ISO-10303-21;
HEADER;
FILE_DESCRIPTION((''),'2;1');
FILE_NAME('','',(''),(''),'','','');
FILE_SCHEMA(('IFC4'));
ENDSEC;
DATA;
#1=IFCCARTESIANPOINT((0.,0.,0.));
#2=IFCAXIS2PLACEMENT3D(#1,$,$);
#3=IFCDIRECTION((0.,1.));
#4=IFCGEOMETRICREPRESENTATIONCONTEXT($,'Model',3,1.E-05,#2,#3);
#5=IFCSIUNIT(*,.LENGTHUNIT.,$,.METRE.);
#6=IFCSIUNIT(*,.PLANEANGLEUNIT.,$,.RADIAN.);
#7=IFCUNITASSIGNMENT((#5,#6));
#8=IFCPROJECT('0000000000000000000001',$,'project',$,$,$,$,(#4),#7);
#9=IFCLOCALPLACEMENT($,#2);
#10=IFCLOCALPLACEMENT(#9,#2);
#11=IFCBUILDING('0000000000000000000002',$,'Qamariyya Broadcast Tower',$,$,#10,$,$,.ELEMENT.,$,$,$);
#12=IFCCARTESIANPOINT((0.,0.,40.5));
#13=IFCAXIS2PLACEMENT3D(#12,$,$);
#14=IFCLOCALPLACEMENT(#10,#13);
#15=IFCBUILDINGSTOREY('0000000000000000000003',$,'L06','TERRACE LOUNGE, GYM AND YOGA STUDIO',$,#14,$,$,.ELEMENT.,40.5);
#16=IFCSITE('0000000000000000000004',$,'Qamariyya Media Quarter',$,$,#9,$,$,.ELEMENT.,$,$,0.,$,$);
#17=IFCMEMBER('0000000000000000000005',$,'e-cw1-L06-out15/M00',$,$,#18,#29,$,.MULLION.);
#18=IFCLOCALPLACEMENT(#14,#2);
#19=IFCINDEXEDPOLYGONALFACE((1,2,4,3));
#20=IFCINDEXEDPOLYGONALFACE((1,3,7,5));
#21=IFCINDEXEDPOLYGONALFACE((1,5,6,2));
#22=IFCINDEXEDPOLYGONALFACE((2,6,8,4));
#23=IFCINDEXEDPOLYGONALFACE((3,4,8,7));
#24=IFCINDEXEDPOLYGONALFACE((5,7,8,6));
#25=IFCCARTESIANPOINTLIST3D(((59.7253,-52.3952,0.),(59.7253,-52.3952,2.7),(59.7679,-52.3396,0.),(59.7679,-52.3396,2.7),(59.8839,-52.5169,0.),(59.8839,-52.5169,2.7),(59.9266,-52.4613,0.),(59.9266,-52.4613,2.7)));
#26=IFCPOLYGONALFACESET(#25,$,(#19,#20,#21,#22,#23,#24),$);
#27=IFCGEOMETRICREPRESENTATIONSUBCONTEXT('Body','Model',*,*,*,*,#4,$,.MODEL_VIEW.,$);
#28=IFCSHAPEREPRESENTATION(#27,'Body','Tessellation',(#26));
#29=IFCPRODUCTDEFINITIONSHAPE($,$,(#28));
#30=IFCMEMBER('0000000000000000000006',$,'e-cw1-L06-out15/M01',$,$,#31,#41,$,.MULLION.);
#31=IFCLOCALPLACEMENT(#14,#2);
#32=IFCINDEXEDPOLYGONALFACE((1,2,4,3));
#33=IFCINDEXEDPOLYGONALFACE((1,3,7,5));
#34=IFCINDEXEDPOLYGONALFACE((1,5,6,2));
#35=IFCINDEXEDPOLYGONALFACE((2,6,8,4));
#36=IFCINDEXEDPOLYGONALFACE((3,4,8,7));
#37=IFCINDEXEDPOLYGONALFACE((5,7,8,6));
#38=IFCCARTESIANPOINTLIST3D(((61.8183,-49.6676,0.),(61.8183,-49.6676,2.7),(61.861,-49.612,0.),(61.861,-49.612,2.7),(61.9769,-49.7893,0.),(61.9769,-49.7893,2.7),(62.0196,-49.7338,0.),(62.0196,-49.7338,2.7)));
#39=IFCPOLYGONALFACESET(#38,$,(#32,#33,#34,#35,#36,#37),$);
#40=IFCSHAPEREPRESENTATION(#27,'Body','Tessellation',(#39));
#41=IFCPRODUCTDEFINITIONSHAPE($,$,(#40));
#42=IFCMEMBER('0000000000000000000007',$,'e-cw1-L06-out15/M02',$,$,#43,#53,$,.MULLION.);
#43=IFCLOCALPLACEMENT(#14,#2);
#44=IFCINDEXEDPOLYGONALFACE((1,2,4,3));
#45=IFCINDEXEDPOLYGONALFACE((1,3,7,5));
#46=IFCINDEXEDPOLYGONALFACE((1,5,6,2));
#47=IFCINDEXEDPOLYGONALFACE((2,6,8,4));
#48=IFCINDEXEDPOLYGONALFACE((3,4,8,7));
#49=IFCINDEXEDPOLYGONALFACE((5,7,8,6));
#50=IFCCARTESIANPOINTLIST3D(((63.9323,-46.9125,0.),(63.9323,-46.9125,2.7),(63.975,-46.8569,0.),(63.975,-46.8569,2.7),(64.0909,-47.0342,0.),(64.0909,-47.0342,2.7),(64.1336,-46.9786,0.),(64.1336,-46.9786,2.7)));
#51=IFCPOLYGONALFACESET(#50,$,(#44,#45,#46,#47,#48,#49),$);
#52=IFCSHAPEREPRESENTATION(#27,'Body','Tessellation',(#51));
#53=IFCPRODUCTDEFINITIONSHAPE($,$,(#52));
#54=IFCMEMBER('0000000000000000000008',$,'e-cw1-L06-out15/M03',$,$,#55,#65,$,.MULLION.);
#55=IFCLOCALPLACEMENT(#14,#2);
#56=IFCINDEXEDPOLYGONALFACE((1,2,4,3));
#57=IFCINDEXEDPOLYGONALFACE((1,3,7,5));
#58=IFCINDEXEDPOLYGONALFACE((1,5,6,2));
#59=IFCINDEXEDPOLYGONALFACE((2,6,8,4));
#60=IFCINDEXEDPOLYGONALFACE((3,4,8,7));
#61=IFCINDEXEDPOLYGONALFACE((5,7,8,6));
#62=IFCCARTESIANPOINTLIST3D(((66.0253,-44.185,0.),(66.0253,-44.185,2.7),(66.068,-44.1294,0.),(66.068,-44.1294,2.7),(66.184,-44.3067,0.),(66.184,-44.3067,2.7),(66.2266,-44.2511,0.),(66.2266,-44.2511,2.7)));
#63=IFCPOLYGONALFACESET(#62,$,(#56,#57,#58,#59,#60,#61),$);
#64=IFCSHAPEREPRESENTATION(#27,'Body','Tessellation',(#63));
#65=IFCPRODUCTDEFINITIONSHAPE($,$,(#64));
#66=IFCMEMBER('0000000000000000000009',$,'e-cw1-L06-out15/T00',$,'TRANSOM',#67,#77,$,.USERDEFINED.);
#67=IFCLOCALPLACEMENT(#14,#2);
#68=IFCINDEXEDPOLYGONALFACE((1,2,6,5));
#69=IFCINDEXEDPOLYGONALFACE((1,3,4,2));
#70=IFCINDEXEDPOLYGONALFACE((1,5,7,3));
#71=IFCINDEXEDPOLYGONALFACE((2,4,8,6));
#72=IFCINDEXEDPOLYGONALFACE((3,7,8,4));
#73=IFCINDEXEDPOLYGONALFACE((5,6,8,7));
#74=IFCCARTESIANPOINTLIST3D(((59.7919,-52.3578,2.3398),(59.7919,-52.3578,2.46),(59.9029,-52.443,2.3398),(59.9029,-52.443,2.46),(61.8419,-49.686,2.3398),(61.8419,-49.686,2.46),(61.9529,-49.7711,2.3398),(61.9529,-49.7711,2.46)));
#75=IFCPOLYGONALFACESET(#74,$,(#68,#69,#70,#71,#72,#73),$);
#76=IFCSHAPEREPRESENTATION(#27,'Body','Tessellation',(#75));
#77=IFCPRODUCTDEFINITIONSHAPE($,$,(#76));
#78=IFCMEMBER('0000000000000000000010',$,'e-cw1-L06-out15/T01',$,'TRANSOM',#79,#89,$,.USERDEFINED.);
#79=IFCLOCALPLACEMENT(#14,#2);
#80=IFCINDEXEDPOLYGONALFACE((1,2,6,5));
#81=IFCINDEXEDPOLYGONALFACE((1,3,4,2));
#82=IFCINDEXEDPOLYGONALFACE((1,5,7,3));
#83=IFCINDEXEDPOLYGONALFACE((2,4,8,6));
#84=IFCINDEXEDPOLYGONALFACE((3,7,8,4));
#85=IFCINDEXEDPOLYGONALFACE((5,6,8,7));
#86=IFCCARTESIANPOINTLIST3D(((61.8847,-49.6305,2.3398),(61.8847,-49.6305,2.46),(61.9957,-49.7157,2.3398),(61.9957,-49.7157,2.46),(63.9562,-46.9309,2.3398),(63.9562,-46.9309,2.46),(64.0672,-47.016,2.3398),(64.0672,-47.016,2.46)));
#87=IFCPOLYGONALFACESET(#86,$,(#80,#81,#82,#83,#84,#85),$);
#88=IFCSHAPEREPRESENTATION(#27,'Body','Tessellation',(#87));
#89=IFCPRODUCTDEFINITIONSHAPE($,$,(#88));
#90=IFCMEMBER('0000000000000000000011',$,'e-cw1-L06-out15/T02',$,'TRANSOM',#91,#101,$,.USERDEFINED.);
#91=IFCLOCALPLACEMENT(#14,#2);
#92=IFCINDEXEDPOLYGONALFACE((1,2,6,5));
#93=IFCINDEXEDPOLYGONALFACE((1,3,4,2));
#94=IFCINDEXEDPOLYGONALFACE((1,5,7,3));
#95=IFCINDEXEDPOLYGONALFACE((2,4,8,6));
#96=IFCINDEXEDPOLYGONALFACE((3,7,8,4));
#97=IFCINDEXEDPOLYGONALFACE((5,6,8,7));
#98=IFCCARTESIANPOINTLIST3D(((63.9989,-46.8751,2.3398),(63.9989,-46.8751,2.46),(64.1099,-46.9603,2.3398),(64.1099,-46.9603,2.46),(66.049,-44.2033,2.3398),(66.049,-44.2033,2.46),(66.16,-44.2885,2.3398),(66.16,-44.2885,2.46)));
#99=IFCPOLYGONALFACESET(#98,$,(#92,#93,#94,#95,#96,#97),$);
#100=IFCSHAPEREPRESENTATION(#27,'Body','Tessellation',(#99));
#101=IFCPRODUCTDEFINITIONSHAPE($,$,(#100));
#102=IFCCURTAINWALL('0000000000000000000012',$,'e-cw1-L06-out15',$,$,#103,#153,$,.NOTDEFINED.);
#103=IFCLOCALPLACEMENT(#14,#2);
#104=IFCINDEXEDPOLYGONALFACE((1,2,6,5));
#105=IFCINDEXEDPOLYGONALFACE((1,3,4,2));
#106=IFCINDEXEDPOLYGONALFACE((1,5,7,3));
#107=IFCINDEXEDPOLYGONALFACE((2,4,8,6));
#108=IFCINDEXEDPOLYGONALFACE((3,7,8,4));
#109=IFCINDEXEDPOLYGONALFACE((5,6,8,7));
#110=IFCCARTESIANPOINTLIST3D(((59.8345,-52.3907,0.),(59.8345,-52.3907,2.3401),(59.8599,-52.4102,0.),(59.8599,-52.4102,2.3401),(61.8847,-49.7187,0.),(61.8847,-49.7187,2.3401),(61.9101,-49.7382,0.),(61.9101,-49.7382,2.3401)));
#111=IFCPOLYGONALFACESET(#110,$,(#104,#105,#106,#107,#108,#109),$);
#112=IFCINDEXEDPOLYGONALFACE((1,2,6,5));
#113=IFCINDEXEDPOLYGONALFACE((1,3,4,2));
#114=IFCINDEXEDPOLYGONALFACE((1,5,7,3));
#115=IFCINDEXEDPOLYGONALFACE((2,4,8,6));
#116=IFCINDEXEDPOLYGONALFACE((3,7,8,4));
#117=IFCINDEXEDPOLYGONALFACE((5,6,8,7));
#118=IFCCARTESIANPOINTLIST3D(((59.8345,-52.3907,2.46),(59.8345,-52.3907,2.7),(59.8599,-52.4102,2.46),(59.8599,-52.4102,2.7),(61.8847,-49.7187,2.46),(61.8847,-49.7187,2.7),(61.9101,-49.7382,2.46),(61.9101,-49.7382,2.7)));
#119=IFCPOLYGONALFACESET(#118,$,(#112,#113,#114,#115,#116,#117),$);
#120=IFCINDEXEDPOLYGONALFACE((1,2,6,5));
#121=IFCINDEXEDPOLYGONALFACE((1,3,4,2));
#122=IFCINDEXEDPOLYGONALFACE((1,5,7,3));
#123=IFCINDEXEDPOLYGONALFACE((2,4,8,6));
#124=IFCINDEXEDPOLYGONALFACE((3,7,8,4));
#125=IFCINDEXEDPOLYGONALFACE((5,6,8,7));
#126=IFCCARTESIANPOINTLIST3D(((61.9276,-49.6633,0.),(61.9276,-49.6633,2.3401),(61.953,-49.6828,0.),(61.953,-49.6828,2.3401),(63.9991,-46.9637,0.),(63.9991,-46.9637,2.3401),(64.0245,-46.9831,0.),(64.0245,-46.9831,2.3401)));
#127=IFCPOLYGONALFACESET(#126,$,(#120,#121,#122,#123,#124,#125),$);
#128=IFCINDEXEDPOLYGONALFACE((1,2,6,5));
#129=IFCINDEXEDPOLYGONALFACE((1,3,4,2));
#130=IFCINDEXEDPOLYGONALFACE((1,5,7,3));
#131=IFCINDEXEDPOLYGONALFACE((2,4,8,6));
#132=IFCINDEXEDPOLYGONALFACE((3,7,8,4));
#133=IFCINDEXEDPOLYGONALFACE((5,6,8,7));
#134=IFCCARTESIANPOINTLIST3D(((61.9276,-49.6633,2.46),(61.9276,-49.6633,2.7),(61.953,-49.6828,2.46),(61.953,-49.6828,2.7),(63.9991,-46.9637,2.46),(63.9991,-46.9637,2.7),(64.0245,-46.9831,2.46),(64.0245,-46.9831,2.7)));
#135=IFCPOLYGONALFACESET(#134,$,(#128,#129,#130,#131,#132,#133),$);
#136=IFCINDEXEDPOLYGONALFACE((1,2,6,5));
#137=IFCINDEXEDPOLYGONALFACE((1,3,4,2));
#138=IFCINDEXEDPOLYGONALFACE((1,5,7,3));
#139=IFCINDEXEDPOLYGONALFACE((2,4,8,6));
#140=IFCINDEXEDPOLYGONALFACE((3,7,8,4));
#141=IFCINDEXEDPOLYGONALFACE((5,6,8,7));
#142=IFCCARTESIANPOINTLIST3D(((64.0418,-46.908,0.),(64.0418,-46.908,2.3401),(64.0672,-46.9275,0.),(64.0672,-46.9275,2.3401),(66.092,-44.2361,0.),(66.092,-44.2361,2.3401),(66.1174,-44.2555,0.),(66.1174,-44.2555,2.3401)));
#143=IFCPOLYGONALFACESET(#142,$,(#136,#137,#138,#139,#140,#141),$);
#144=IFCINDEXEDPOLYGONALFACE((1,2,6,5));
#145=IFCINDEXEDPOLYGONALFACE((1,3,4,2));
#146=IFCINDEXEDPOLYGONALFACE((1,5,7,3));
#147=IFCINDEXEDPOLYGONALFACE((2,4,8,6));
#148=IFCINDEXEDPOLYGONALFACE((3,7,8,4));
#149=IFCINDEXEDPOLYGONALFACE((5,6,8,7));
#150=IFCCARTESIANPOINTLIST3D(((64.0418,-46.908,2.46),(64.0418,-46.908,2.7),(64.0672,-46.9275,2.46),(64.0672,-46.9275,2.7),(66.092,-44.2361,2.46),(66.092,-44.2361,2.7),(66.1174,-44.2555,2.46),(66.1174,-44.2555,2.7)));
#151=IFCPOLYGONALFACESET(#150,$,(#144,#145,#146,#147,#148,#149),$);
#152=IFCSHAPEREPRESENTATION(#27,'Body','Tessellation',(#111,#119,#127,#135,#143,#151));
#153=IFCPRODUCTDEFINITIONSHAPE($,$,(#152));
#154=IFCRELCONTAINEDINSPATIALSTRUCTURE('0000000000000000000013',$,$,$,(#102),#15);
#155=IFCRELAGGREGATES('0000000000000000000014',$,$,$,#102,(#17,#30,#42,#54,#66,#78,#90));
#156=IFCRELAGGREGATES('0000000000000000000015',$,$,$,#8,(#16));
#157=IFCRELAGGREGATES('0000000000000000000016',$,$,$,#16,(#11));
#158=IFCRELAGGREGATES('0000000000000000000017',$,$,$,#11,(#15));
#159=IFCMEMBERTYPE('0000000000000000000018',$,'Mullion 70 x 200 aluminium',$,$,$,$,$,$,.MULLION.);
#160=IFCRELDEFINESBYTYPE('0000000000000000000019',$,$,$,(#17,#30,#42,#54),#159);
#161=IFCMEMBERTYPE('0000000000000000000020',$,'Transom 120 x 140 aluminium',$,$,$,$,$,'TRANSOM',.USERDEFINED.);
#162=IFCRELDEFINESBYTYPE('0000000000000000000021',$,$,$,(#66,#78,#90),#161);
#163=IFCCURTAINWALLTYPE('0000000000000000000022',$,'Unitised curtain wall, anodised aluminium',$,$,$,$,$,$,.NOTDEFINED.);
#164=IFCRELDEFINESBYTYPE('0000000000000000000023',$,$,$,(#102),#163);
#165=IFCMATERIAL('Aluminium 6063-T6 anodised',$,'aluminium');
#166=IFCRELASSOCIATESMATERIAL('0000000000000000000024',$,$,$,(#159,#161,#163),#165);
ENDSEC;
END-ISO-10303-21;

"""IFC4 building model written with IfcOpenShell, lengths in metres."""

from ifc_helpers import new_model, si_unit, direction, frame, origin, origin_2d, place, context, subcontext, project, spatial, rectangle, extrude, material, material_profile, profile_set, type_object, element, aggregate, save


model = new_model("IFC4")

# Units and contexts
model_context = context("Model", 3, precision=1e-05, world=origin(), true_north=direction((0.0, 1.0)))
body_context = subcontext(model_context, "Body", "Model", "MODEL_VIEW")
ifc_project = project(units=[si_unit("LENGTHUNIT", "METRE"), si_unit("PLANEANGLEUNIT", "RADIAN")], contexts=[model_context])

# Members
ifc_material_1 = material(Name="Aluminium 6063-T6 anodised", Category="aluminium")
ifc_material_profile_1 = material_profile(ifc_material_1, rectangle(XDim=0.2, YDim=0.0701, at=origin_2d()))
ifc_profile_set_1 = profile_set([ifc_material_profile_1], Name="Aluminium 6063-T6 anodised")
member_type_1 = type_object("IfcMemberType", Name="Mullion 70 x 200 aluminium", PredefinedType="MULLION", material=ifc_profile_set_1)
site_placement = place(None, origin())
building_placement = place(site_placement, origin())
storey_placement = place(building_placement, frame((0.0, 0.0, 40.5)))
member_1_placement = place(storey_placement, frame((59.8259, -52.4282, 0.0), z_axis=(0.0, 0.0, 1.0), x_axis=(-0.793353, 0.608761, 0.0)))
member_1 = element("IfcMember", 1, at=member_1_placement, type_object=member_type_1, Name="e-cw1-L06-out15/M00", PredefinedType="MULLION", context=body_context, shape_type="SweptSolid", body=[
    extrude(rectangle(XDim=0.2, YDim=0.0701, at=origin_2d()), origin(), (0.0, 0.0, 1.0), 2.7),
])
member_2_placement = place(storey_placement, frame((61.9189, -49.7007, 0.0), z_axis=(0.0, 0.0, 1.0), x_axis=(-0.793353, 0.608761, 0.0)))
member_2 = element("IfcMember", 2, at=member_2_placement, type_object=member_type_1, Name="e-cw1-L06-out15/M01", PredefinedType="MULLION", context=body_context, shape_type="SweptSolid", body=[
    extrude(rectangle(XDim=0.2, YDim=0.0701, at=origin_2d()), origin(), (0.0, 0.0, 1.0), 2.7),
])
member_3_placement = place(storey_placement, frame((64.033, -46.9456, 0.0), z_axis=(0.0, 0.0, 1.0), x_axis=(-0.793353, 0.608761, 0.0)))
member_3 = element("IfcMember", 3, at=member_3_placement, type_object=member_type_1, Name="e-cw1-L06-out15/M02", PredefinedType="MULLION", context=body_context, shape_type="SweptSolid", body=[
    extrude(rectangle(XDim=0.2, YDim=0.0701, at=origin_2d()), origin(), (0.0, 0.0, 1.0), 2.7),
])
member_4_placement = place(storey_placement, frame((66.126, -44.218, 0.0), z_axis=(0.0, 0.0, 1.0), x_axis=(-0.793353, 0.608761, 0.0)))
member_4 = element("IfcMember", 4, at=member_4_placement, type_object=member_type_1, Name="e-cw1-L06-out15/M03", PredefinedType="MULLION", context=body_context, shape_type="SweptSolid", body=[
    extrude(rectangle(XDim=0.2, YDim=0.0701, at=origin_2d()), origin(), (0.0, 0.0, 1.0), 2.7),
])
ifc_material_profile_2 = material_profile(ifc_material_1, rectangle(XDim=0.1399, YDim=0.1201, at=origin_2d()))
ifc_profile_set_2 = profile_set([ifc_material_profile_2], Name="Aluminium 6063-T6 anodised")
member_type_2 = type_object("IfcMemberType", Name="Transom 120 x 140 aluminium", ElementType="TRANSOM", PredefinedType="USERDEFINED", material=ifc_profile_set_2)
member_5_placement = place(storey_placement, frame((59.8474, -52.4004, 2.3999), z_axis=(0.608733, 0.793375, 0.0), x_axis=(-0.793375, 0.608733, 0.0)))
member_5 = element("IfcMember", 5, at=member_5_placement, type_object=member_type_2, Name="e-cw1-L06-out15/T00", ObjectType="TRANSOM", PredefinedType="USERDEFINED", context=body_context, shape_type="SweptSolid", body=[
    extrude(rectangle(XDim=0.1399, YDim=0.1201, at=origin_2d()), origin(), (0.0, 0.0, 1.0), 3.3677),
])
member_6_placement = place(storey_placement, frame((61.9402, -49.6731, 2.3999), z_axis=(0.608757, 0.793357, 0.0), x_axis=(-0.793357, 0.608757, 0.0)))
member_6 = element("IfcMember", 6, at=member_6_placement, type_object=member_type_2, Name="e-cw1-L06-out15/T01", ObjectType="TRANSOM", PredefinedType="USERDEFINED", context=body_context, shape_type="SweptSolid", body=[
    extrude(rectangle(XDim=0.1399, YDim=0.1201, at=origin_2d()), origin(), (0.0, 0.0, 1.0), 3.4028),
])
member_7_placement = place(storey_placement, frame((64.0544, -46.9177, 2.3999), z_axis=(0.608733, 0.793375, 0.0), x_axis=(-0.793375, 0.608733, 0.0)))
member_7 = element("IfcMember", 7, at=member_7_placement, type_object=member_type_2, Name="e-cw1-L06-out15/T02", ObjectType="TRANSOM", PredefinedType="USERDEFINED", context=body_context, shape_type="SweptSolid", body=[
    extrude(rectangle(XDim=0.1399, YDim=0.1201, at=origin_2d()), origin(), (0.0, 0.0, 1.0), 3.3677),
])

# Site, building, storey
site = spatial("IfcSite", under=ifc_project, at=site_placement, Name="Qamariyya Media Quarter", CompositionType="ELEMENT", RefElevation=0.0)
building = spatial("IfcBuilding", under=site, at=building_placement, Name="Qamariyya Broadcast Tower", CompositionType="ELEMENT")
storey = spatial("IfcBuildingStorey", under=building, at=storey_placement, Name="L06", Description="TERRACE LOUNGE, GYM AND YOGA STUDIO", CompositionType="ELEMENT", Elevation=40.5)

# Curtain wall
curtain_wall_type = type_object("IfcCurtainWallType", Name="Unitised curtain wall, anodised aluminium", PredefinedType="NOTDEFINED", material=ifc_material_1)
curtain_wall_1_placement = place(storey_placement, origin())
curtain_wall_1 = element("IfcCurtainWall", 8, at=curtain_wall_1_placement, inside=storey, type_object=curtain_wall_type, Name="e-cw1-L06-out15", PredefinedType="NOTDEFINED", context=body_context, shape_type="SweptSolid", body=[
    extrude(rectangle(XDim=3.3679, YDim=0.032, at=origin_2d()), frame((60.8723, -51.0645, 0.0), x_axis=(0.608756, 0.793358, 0.0)), (0.0, 0.0, 1.0), 2.3401),
    extrude(rectangle(XDim=3.3679, YDim=0.032, at=origin_2d()), frame((60.8723, -51.0645, 2.46), x_axis=(0.608756, 0.793358, 0.0)), (0.0, 0.0, 1.0), 0.24),
    extrude(rectangle(XDim=3.4028, YDim=0.032, at=origin_2d()), frame((62.9761, -48.3232, 0.0), x_axis=(0.608756, 0.793358, 0.0)), (0.0, 0.0, 1.0), 2.3401),
    extrude(rectangle(XDim=3.4028, YDim=0.032, at=origin_2d()), frame((62.9761, -48.3232, 2.46), x_axis=(0.608756, 0.793358, 0.0)), (0.0, 0.0, 1.0), 0.24),
    extrude(rectangle(XDim=3.3679, YDim=0.032, at=origin_2d()), frame((65.0796, -45.5818, 0.0), x_axis=(0.608756, 0.793358, 0.0)), (0.0, 0.0, 1.0), 2.3401),
    extrude(rectangle(XDim=3.3679, YDim=0.032, at=origin_2d()), frame((65.0796, -45.5818, 2.46), x_axis=(0.608756, 0.793358, 0.0)), (0.0, 0.0, 1.0), 0.24),
])
aggregate(curtain_wall_1, [member_1, member_2, member_3, member_4, member_5, member_6, member_7])

save(model, "model.ifc")
